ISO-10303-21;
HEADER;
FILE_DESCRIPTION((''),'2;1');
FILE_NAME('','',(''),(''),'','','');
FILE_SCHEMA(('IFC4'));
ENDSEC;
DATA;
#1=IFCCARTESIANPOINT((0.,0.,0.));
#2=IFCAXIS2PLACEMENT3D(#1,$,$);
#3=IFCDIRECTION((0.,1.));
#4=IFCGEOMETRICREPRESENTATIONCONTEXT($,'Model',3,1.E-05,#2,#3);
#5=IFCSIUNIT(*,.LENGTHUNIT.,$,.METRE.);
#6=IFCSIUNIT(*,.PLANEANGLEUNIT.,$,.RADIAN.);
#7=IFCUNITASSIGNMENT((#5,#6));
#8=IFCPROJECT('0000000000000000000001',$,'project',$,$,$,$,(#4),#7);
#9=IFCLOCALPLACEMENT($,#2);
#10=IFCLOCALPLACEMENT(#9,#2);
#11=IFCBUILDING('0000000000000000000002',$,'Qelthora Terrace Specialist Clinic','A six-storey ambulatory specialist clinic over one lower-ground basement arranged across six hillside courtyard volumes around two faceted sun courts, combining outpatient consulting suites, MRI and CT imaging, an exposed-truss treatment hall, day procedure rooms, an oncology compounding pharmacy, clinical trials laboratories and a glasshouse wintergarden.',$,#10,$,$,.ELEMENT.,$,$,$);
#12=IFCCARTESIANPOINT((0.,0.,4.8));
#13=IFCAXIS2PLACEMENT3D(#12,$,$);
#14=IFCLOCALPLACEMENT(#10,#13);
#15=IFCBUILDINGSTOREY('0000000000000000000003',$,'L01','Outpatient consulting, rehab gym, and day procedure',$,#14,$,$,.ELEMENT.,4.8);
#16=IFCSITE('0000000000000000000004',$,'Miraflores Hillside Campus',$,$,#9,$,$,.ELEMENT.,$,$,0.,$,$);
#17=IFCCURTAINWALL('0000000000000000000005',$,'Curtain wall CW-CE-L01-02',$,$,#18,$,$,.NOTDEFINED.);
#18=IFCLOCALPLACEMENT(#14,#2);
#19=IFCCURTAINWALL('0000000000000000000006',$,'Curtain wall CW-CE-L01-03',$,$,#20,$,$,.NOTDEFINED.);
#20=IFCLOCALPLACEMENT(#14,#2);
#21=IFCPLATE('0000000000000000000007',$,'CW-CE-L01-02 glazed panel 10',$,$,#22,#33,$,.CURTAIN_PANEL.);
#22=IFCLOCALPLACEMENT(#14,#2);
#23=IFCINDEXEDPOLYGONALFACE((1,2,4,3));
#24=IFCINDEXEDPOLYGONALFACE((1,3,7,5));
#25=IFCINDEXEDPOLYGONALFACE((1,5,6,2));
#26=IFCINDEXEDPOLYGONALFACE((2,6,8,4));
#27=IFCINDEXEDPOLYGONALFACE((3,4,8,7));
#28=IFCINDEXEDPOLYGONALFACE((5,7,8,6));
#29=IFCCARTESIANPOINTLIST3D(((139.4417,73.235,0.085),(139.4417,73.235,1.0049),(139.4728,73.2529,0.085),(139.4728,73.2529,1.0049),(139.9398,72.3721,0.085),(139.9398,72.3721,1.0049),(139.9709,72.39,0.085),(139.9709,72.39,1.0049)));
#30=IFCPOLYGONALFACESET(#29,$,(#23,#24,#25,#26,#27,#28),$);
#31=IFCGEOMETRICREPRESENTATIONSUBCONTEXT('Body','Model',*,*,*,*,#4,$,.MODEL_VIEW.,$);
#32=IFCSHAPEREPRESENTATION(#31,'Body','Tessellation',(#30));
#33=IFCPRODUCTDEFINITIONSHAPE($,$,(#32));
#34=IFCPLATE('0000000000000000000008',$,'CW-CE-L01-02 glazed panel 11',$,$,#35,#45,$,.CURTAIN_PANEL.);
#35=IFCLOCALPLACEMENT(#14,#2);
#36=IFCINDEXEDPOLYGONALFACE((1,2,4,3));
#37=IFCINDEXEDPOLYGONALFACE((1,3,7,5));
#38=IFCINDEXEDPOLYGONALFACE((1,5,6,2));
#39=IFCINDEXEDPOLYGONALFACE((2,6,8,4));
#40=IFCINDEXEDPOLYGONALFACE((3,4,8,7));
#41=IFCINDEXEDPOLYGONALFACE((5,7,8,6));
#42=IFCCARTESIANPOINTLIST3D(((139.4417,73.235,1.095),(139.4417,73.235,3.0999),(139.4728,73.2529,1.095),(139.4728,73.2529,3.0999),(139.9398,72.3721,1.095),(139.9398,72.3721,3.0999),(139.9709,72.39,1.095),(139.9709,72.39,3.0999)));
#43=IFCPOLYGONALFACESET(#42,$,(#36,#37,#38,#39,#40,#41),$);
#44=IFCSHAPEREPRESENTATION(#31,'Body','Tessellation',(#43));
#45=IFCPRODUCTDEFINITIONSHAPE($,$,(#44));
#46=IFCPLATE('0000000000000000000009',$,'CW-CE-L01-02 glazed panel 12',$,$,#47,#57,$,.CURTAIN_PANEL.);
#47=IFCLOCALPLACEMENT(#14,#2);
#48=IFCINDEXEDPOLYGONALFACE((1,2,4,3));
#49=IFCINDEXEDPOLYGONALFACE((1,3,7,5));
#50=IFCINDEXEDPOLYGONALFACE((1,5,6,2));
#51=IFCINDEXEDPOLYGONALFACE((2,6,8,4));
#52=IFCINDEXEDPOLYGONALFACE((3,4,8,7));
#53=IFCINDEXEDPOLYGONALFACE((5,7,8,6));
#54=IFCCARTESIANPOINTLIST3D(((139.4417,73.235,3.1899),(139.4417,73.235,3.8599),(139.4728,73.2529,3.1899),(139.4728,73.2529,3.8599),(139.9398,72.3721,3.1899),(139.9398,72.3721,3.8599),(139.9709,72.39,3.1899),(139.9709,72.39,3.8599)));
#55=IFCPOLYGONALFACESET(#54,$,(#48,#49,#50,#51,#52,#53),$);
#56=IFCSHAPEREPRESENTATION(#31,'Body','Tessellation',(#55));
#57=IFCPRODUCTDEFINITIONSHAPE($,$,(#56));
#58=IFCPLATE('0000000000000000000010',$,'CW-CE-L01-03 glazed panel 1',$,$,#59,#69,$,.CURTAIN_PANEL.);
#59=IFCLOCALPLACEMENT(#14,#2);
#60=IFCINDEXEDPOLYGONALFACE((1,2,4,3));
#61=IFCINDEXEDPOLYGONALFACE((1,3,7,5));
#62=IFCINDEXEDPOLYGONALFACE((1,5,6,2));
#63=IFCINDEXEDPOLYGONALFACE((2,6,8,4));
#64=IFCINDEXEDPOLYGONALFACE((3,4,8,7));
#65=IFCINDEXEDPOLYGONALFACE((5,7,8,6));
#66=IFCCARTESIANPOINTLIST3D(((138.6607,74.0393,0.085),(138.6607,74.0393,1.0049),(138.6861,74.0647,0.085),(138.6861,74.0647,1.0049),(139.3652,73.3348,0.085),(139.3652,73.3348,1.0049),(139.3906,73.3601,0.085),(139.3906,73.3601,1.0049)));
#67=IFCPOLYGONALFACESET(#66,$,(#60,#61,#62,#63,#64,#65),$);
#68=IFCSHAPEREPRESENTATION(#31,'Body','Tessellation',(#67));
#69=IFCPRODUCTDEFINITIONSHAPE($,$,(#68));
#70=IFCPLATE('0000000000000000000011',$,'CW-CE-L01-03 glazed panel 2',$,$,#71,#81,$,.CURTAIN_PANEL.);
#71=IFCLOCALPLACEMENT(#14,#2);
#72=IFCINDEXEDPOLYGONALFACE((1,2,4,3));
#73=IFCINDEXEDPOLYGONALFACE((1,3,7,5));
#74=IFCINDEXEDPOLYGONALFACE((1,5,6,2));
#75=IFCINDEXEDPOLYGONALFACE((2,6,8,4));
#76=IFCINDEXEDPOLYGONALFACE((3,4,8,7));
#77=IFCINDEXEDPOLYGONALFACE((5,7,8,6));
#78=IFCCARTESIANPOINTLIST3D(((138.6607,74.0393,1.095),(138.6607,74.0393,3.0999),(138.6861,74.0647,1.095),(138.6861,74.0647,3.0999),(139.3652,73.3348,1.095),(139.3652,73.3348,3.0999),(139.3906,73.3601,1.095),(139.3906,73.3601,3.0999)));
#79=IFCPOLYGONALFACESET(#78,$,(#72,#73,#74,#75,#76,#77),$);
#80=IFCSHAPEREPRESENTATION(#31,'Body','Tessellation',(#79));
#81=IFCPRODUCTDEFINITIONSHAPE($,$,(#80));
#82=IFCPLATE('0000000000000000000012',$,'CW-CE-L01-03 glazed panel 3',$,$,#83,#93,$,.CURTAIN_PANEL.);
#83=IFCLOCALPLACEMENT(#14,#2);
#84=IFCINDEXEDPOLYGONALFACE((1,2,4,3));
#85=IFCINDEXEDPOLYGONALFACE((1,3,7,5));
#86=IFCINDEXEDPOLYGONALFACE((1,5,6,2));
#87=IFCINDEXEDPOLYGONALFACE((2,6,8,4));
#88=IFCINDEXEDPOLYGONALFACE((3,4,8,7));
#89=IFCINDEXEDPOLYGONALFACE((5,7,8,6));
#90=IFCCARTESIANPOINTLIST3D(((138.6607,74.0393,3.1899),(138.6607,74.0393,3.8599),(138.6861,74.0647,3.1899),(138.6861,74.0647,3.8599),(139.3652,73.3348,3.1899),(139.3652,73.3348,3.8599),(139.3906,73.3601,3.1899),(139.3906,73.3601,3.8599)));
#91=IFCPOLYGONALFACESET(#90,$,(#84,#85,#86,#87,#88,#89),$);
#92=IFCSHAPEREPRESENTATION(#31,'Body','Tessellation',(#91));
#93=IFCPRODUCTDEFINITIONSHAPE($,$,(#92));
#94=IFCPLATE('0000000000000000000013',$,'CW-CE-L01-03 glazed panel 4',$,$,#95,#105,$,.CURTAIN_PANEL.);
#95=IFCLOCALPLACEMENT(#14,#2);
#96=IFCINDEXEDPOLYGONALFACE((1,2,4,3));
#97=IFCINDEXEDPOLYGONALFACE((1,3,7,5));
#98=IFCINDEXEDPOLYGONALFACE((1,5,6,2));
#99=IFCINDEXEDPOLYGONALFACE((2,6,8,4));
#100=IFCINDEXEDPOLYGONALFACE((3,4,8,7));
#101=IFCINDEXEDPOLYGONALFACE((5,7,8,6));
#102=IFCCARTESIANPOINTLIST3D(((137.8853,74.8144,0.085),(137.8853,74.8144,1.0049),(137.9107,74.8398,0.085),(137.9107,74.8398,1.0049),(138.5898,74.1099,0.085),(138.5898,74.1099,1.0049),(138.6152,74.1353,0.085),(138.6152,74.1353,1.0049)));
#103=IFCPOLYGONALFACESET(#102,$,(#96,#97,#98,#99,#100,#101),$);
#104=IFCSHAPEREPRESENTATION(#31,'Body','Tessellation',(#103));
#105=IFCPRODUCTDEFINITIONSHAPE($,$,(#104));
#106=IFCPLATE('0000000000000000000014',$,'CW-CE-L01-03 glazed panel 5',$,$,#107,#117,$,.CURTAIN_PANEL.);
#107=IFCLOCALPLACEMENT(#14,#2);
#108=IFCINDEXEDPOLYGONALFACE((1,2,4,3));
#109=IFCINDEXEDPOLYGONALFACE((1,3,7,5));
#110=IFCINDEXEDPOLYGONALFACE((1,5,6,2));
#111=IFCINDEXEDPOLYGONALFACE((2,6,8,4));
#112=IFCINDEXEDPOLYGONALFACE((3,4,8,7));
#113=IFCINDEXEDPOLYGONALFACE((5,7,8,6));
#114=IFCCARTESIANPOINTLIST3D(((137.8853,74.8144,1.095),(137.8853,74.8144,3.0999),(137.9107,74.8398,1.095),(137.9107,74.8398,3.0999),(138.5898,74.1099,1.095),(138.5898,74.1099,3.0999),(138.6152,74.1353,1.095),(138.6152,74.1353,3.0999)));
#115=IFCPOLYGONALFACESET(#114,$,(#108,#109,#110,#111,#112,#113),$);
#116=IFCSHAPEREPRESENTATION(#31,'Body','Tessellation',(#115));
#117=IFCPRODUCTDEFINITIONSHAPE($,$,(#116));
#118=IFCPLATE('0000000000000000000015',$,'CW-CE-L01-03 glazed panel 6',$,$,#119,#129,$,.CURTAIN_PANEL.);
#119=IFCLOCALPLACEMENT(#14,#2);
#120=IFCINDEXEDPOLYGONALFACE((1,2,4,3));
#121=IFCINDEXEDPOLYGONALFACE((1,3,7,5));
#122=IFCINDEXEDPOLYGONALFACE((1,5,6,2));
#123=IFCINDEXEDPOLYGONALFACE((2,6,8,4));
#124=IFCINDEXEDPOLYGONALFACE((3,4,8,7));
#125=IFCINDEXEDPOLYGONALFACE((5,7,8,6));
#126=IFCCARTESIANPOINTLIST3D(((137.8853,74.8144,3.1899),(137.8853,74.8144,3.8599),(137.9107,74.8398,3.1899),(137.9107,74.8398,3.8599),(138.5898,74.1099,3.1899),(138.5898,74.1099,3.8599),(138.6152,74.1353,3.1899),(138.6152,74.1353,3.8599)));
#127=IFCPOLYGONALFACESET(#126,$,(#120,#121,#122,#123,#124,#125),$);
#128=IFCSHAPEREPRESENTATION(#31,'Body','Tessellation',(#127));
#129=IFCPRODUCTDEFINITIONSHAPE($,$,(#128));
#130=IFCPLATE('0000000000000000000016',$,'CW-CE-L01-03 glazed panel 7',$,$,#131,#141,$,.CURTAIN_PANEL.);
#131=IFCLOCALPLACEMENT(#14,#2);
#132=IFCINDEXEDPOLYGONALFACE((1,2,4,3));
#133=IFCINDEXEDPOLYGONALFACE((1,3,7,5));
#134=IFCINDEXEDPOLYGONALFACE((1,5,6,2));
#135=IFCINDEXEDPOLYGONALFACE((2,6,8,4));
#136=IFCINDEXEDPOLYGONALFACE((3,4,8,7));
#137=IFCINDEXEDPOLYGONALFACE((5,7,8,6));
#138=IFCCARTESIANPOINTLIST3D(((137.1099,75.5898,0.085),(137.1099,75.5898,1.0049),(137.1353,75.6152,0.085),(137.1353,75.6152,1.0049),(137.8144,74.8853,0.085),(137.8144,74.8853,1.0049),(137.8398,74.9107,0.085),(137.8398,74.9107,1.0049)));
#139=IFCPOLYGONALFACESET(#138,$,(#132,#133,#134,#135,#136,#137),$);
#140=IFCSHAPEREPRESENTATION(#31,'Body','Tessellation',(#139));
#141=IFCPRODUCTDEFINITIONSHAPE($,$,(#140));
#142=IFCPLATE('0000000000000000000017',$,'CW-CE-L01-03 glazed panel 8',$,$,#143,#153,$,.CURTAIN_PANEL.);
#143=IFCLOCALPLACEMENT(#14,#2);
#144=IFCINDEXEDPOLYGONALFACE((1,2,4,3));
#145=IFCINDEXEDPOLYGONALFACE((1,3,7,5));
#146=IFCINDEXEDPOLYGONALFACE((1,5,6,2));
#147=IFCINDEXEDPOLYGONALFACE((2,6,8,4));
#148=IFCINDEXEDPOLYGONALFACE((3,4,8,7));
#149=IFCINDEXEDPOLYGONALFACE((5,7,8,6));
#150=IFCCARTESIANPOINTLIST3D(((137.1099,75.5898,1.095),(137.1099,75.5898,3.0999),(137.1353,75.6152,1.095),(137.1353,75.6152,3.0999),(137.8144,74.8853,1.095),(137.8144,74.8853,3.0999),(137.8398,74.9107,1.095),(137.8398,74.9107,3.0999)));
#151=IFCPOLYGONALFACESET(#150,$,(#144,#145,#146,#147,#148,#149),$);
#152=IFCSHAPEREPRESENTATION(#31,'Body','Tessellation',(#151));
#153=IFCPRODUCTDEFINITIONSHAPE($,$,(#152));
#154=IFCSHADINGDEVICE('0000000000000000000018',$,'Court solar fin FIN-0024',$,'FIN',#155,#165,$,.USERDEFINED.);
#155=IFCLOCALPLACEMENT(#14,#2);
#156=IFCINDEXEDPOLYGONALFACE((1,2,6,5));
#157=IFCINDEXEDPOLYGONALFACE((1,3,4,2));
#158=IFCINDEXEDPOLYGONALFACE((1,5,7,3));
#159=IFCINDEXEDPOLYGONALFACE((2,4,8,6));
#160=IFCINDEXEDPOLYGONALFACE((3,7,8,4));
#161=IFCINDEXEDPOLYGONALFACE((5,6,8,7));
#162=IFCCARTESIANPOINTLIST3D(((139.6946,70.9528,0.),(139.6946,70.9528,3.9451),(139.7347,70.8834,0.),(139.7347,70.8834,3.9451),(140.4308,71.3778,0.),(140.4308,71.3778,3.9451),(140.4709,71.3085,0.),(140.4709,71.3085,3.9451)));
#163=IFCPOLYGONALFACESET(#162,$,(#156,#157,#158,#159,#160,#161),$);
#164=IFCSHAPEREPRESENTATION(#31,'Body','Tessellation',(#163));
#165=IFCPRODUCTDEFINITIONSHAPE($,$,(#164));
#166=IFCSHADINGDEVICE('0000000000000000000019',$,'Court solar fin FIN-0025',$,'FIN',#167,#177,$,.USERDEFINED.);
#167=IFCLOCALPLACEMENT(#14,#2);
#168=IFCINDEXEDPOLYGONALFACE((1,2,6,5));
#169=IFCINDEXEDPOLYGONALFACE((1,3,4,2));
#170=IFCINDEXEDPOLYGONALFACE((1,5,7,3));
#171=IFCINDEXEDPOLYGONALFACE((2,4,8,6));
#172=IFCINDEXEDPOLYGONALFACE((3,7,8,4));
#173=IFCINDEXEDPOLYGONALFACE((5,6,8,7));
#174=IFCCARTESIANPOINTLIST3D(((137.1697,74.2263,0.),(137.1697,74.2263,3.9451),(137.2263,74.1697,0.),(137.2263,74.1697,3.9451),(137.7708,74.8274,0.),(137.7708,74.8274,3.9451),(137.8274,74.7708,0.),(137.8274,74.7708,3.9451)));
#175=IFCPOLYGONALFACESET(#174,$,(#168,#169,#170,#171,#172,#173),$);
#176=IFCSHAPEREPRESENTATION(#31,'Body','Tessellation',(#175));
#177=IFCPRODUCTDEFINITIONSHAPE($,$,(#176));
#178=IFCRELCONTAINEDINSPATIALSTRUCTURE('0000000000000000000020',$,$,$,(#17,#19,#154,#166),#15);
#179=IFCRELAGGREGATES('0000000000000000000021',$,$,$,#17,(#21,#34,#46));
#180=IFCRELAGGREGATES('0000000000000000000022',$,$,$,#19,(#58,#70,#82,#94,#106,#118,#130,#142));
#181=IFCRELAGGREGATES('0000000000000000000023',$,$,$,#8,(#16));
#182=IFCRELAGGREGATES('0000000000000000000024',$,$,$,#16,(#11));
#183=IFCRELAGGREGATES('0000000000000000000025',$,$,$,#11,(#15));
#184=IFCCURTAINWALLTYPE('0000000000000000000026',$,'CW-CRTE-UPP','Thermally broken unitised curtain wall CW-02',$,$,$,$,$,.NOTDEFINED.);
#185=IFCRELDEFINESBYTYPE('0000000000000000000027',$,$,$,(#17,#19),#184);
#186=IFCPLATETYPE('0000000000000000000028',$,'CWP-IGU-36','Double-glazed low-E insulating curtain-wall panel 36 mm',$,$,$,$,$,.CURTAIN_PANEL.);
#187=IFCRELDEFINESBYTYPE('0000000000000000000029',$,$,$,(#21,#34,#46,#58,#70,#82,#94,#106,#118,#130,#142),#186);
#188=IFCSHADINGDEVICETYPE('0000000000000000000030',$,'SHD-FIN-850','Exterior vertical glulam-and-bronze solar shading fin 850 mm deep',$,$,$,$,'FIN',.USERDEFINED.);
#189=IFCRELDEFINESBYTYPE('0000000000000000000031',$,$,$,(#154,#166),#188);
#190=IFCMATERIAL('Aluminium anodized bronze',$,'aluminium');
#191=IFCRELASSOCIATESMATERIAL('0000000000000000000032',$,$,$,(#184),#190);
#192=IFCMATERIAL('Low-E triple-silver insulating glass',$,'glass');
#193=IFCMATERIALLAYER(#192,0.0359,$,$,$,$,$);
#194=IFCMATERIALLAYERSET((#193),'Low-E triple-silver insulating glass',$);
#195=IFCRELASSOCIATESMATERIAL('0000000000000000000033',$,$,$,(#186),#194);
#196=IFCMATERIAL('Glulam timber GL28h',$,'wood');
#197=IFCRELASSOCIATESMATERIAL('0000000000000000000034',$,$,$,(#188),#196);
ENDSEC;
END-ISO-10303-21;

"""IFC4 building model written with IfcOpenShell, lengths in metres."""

from ifc_helpers import new_model, si_unit, direction, frame, origin, origin_2d, place, context, subcontext, project, spatial, rectangle, extrude, material, layer, layer_set, type_object, element, aggregate, save


model = new_model("IFC4")

# Units and contexts
model_context = context("Model", 3, precision=1e-05, world=origin(), true_north=direction((0.0, 1.0)))
body_context = subcontext(model_context, "Body", "Model", "MODEL_VIEW")
ifc_project = project(units=[si_unit("LENGTHUNIT", "METRE"), si_unit("PLANEANGLEUNIT", "RADIAN")], contexts=[model_context])

# Site, building, storey
site_placement = place(None, origin())
site = spatial("IfcSite", under=ifc_project, at=site_placement, Name="Miraflores Hillside Campus", CompositionType="ELEMENT", RefElevation=0.0)
building_placement = place(site_placement, origin())
building = spatial("IfcBuilding", under=site, at=building_placement, Name="Qelthora Terrace Specialist Clinic", Description="A six-storey ambulatory specialist clinic over one lower-ground basement arranged across six hillside courtyard volumes around two faceted sun courts, combining outpatient consulting suites, MRI and CT imaging, an exposed-truss treatment hall, day procedure rooms, an oncology compounding pharmacy, clinical trials laboratories and a glasshouse wintergarden.", CompositionType="ELEMENT")
storey_placement = place(building_placement, frame((0.0, 0.0, 4.8)))
storey = spatial("IfcBuildingStorey", under=building, at=storey_placement, Name="L01", Description="Outpatient consulting, rehab gym, and day procedure", CompositionType="ELEMENT", Elevation=4.8)

# Curtain walls
ifc_material_1 = material(Name="Aluminium anodized bronze", Category="aluminium")
curtain_wall_type = type_object("IfcCurtainWallType", Name="CW-CRTE-UPP", Description="Thermally broken unitised curtain wall CW-02", PredefinedType="NOTDEFINED", material=ifc_material_1)
curtain_wall_1_placement = place(storey_placement, origin())
curtain_wall_1 = element("IfcCurtainWall", 1, at=curtain_wall_1_placement, inside=storey, type_object=curtain_wall_type, Name="Curtain wall CW-CE-L01-02", PredefinedType="NOTDEFINED")
curtain_wall_2_placement = place(storey_placement, origin())
curtain_wall_2 = element("IfcCurtainWall", 2, at=curtain_wall_2_placement, inside=storey, type_object=curtain_wall_type, Name="Curtain wall CW-CE-L01-03", PredefinedType="NOTDEFINED")

# Plates
ifc_material_2 = material(Name="Low-E triple-silver insulating glass", Category="glass")
ifc_layer = layer(ifc_material_2, 0.0359)
ifc_layer_set = layer_set([ifc_layer], Name="Low-E triple-silver insulating glass")
plate_type = type_object("IfcPlateType", Name="CWP-IGU-36", Description="Double-glazed low-E insulating curtain-wall panel 36 mm", PredefinedType="CURTAIN_PANEL", material=ifc_layer_set)
plate_1_placement = place(storey_placement, frame((139.7063, 72.8125, 0.085), z_axis=(0.0, 0.0, 1.0), x_axis=(-0.5, 0.866025, 0.0)))
plate_1 = element("IfcPlate", 3, at=plate_1_placement, type_object=plate_type, Name="CW-CE-L01-02 glazed panel 10", PredefinedType="CURTAIN_PANEL", context=body_context, shape_type="SweptSolid", body=[
    extrude(rectangle(XDim=0.9963, YDim=0.0359, at=origin_2d()), origin(), (0.0, 0.0, 1.0), 0.9199),
])
plate_2_placement = place(storey_placement, frame((139.7063, 72.8125, 1.095), z_axis=(0.0, 0.0, 1.0), x_axis=(-0.5, 0.866025, 0.0)))
plate_2 = element("IfcPlate", 4, at=plate_2_placement, type_object=plate_type, Name="CW-CE-L01-02 glazed panel 11", PredefinedType="CURTAIN_PANEL", context=body_context, shape_type="SweptSolid", body=[
    extrude(rectangle(XDim=0.9963, YDim=0.0359, at=origin_2d()), origin(), (0.0, 0.0, 1.0), 2.0049),
])
plate_3_placement = place(storey_placement, frame((139.7063, 72.8125, 3.1899), z_axis=(0.0, 0.0, 1.0), x_axis=(-0.5, 0.866025, 0.0)))
plate_3 = element("IfcPlate", 5, at=plate_3_placement, type_object=plate_type, Name="CW-CE-L01-02 glazed panel 12", PredefinedType="CURTAIN_PANEL", context=body_context, shape_type="SweptSolid", body=[
    extrude(rectangle(XDim=0.9963, YDim=0.0359, at=origin_2d()), origin(), (0.0, 0.0, 1.0), 0.6699),
])
aggregate(curtain_wall_1, [plate_1, plate_2, plate_3])
plate_4_placement = place(storey_placement, frame((139.0256, 73.6997, 0.085), z_axis=(0.0, 0.0, 1.0), x_axis=(-0.707107, 0.707107, 0.0)))
plate_4 = element("IfcPlate", 6, at=plate_4_placement, type_object=plate_type, Name="CW-CE-L01-03 glazed panel 1", PredefinedType="CURTAIN_PANEL", context=body_context, shape_type="SweptSolid", body=[
    extrude(rectangle(XDim=0.9963, YDim=0.0359, at=origin_2d()), origin(), (0.0, 0.0, 1.0), 0.9199),
])
plate_5_placement = place(storey_placement, frame((139.0256, 73.6997, 1.095), z_axis=(0.0, 0.0, 1.0), x_axis=(-0.707107, 0.707107, 0.0)))
plate_5 = element("IfcPlate", 7, at=plate_5_placement, type_object=plate_type, Name="CW-CE-L01-03 glazed panel 2", PredefinedType="CURTAIN_PANEL", context=body_context, shape_type="SweptSolid", body=[
    extrude(rectangle(XDim=0.9963, YDim=0.0359, at=origin_2d()), origin(), (0.0, 0.0, 1.0), 2.0049),
])
plate_6_placement = place(storey_placement, frame((139.0256, 73.6997, 3.1899), z_axis=(0.0, 0.0, 1.0), x_axis=(-0.707107, 0.707107, 0.0)))
plate_6 = element("IfcPlate", 8, at=plate_6_placement, type_object=plate_type, Name="CW-CE-L01-03 glazed panel 3", PredefinedType="CURTAIN_PANEL", context=body_context, shape_type="SweptSolid", body=[
    extrude(rectangle(XDim=0.9963, YDim=0.0359, at=origin_2d()), origin(), (0.0, 0.0, 1.0), 0.6699),
])
plate_7_placement = place(storey_placement, frame((138.2502, 74.4749, 0.085), z_axis=(0.0, 0.0, 1.0), x_axis=(-0.707107, 0.707107, 0.0)))
plate_7 = element("IfcPlate", 9, at=plate_7_placement, type_object=plate_type, Name="CW-CE-L01-03 glazed panel 4", PredefinedType="CURTAIN_PANEL", context=body_context, shape_type="SweptSolid", body=[
    extrude(rectangle(XDim=0.9963, YDim=0.0359, at=origin_2d()), origin(), (0.0, 0.0, 1.0), 0.9199),
])
plate_8_placement = place(storey_placement, frame((138.2502, 74.4749, 1.095), z_axis=(0.0, 0.0, 1.0), x_axis=(-0.707107, 0.707107, 0.0)))
plate_8 = element("IfcPlate", 10, at=plate_8_placement, type_object=plate_type, Name="CW-CE-L01-03 glazed panel 5", PredefinedType="CURTAIN_PANEL", context=body_context, shape_type="SweptSolid", body=[
    extrude(rectangle(XDim=0.9963, YDim=0.0359, at=origin_2d()), origin(), (0.0, 0.0, 1.0), 2.0049),
])
plate_9_placement = place(storey_placement, frame((138.2502, 74.4749, 3.1899), z_axis=(0.0, 0.0, 1.0), x_axis=(-0.707107, 0.707107, 0.0)))
plate_9 = element("IfcPlate", 11, at=plate_9_placement, type_object=plate_type, Name="CW-CE-L01-03 glazed panel 6", PredefinedType="CURTAIN_PANEL", context=body_context, shape_type="SweptSolid", body=[
    extrude(rectangle(XDim=0.9963, YDim=0.0359, at=origin_2d()), origin(), (0.0, 0.0, 1.0), 0.6699),
])
plate_10_placement = place(storey_placement, frame((137.4749, 75.2502, 0.085), z_axis=(0.0, 0.0, 1.0), x_axis=(-0.707107, 0.707107, 0.0)))
plate_10 = element("IfcPlate", 12, at=plate_10_placement, type_object=plate_type, Name="CW-CE-L01-03 glazed panel 7", PredefinedType="CURTAIN_PANEL", context=body_context, shape_type="SweptSolid", body=[
    extrude(rectangle(XDim=0.9963, YDim=0.0359, at=origin_2d()), origin(), (0.0, 0.0, 1.0), 0.9199),
])
plate_11_placement = place(storey_placement, frame((137.4749, 75.2502, 1.095), z_axis=(0.0, 0.0, 1.0), x_axis=(-0.707107, 0.707107, 0.0)))
plate_11 = element("IfcPlate", 13, at=plate_11_placement, type_object=plate_type, Name="CW-CE-L01-03 glazed panel 8", PredefinedType="CURTAIN_PANEL", context=body_context, shape_type="SweptSolid", body=[
    extrude(rectangle(XDim=0.9963, YDim=0.0359, at=origin_2d()), origin(), (0.0, 0.0, 1.0), 2.0049),
])
aggregate(curtain_wall_2, [plate_4, plate_5, plate_6, plate_7, plate_8, plate_9, plate_10, plate_11])

# Shading devices
ifc_material_3 = material(Name="Glulam timber GL28h", Category="wood")
shading_device_type = type_object("IfcShadingDeviceType", Name="SHD-FIN-850", Description="Exterior vertical glulam-and-bronze solar shading fin 850 mm deep", ElementType="FIN", PredefinedType="USERDEFINED", material=ifc_material_3)
for number, where, z_axis, x_axis, name in (
    (14, (140.0828, 71.1306, 0.0), (0.0, 0.0, 1.0), (-0.866025, -0.5, 0.0), "Court solar fin FIN-0024"),
    (15, (137.4985, 74.4985, 0.0), (0.0, 0.0, 1.0), (-0.707107, -0.707107, 0.0), "Court solar fin FIN-0025"),
):
    element("IfcShadingDevice", number, at=place(storey_placement, frame(where, z_axis=z_axis, x_axis=x_axis)), inside=storey, type_object=shading_device_type, Name=name, ObjectType="FIN", PredefinedType="USERDEFINED", context=body_context, shape_type="SweptSolid", body=[
        extrude(rectangle(XDim=0.8501, YDim=0.0801, at=origin_2d()), origin(), (0.0, 0.0, 1.0), 3.9451),
    ])

save(model, "model.ifc")
